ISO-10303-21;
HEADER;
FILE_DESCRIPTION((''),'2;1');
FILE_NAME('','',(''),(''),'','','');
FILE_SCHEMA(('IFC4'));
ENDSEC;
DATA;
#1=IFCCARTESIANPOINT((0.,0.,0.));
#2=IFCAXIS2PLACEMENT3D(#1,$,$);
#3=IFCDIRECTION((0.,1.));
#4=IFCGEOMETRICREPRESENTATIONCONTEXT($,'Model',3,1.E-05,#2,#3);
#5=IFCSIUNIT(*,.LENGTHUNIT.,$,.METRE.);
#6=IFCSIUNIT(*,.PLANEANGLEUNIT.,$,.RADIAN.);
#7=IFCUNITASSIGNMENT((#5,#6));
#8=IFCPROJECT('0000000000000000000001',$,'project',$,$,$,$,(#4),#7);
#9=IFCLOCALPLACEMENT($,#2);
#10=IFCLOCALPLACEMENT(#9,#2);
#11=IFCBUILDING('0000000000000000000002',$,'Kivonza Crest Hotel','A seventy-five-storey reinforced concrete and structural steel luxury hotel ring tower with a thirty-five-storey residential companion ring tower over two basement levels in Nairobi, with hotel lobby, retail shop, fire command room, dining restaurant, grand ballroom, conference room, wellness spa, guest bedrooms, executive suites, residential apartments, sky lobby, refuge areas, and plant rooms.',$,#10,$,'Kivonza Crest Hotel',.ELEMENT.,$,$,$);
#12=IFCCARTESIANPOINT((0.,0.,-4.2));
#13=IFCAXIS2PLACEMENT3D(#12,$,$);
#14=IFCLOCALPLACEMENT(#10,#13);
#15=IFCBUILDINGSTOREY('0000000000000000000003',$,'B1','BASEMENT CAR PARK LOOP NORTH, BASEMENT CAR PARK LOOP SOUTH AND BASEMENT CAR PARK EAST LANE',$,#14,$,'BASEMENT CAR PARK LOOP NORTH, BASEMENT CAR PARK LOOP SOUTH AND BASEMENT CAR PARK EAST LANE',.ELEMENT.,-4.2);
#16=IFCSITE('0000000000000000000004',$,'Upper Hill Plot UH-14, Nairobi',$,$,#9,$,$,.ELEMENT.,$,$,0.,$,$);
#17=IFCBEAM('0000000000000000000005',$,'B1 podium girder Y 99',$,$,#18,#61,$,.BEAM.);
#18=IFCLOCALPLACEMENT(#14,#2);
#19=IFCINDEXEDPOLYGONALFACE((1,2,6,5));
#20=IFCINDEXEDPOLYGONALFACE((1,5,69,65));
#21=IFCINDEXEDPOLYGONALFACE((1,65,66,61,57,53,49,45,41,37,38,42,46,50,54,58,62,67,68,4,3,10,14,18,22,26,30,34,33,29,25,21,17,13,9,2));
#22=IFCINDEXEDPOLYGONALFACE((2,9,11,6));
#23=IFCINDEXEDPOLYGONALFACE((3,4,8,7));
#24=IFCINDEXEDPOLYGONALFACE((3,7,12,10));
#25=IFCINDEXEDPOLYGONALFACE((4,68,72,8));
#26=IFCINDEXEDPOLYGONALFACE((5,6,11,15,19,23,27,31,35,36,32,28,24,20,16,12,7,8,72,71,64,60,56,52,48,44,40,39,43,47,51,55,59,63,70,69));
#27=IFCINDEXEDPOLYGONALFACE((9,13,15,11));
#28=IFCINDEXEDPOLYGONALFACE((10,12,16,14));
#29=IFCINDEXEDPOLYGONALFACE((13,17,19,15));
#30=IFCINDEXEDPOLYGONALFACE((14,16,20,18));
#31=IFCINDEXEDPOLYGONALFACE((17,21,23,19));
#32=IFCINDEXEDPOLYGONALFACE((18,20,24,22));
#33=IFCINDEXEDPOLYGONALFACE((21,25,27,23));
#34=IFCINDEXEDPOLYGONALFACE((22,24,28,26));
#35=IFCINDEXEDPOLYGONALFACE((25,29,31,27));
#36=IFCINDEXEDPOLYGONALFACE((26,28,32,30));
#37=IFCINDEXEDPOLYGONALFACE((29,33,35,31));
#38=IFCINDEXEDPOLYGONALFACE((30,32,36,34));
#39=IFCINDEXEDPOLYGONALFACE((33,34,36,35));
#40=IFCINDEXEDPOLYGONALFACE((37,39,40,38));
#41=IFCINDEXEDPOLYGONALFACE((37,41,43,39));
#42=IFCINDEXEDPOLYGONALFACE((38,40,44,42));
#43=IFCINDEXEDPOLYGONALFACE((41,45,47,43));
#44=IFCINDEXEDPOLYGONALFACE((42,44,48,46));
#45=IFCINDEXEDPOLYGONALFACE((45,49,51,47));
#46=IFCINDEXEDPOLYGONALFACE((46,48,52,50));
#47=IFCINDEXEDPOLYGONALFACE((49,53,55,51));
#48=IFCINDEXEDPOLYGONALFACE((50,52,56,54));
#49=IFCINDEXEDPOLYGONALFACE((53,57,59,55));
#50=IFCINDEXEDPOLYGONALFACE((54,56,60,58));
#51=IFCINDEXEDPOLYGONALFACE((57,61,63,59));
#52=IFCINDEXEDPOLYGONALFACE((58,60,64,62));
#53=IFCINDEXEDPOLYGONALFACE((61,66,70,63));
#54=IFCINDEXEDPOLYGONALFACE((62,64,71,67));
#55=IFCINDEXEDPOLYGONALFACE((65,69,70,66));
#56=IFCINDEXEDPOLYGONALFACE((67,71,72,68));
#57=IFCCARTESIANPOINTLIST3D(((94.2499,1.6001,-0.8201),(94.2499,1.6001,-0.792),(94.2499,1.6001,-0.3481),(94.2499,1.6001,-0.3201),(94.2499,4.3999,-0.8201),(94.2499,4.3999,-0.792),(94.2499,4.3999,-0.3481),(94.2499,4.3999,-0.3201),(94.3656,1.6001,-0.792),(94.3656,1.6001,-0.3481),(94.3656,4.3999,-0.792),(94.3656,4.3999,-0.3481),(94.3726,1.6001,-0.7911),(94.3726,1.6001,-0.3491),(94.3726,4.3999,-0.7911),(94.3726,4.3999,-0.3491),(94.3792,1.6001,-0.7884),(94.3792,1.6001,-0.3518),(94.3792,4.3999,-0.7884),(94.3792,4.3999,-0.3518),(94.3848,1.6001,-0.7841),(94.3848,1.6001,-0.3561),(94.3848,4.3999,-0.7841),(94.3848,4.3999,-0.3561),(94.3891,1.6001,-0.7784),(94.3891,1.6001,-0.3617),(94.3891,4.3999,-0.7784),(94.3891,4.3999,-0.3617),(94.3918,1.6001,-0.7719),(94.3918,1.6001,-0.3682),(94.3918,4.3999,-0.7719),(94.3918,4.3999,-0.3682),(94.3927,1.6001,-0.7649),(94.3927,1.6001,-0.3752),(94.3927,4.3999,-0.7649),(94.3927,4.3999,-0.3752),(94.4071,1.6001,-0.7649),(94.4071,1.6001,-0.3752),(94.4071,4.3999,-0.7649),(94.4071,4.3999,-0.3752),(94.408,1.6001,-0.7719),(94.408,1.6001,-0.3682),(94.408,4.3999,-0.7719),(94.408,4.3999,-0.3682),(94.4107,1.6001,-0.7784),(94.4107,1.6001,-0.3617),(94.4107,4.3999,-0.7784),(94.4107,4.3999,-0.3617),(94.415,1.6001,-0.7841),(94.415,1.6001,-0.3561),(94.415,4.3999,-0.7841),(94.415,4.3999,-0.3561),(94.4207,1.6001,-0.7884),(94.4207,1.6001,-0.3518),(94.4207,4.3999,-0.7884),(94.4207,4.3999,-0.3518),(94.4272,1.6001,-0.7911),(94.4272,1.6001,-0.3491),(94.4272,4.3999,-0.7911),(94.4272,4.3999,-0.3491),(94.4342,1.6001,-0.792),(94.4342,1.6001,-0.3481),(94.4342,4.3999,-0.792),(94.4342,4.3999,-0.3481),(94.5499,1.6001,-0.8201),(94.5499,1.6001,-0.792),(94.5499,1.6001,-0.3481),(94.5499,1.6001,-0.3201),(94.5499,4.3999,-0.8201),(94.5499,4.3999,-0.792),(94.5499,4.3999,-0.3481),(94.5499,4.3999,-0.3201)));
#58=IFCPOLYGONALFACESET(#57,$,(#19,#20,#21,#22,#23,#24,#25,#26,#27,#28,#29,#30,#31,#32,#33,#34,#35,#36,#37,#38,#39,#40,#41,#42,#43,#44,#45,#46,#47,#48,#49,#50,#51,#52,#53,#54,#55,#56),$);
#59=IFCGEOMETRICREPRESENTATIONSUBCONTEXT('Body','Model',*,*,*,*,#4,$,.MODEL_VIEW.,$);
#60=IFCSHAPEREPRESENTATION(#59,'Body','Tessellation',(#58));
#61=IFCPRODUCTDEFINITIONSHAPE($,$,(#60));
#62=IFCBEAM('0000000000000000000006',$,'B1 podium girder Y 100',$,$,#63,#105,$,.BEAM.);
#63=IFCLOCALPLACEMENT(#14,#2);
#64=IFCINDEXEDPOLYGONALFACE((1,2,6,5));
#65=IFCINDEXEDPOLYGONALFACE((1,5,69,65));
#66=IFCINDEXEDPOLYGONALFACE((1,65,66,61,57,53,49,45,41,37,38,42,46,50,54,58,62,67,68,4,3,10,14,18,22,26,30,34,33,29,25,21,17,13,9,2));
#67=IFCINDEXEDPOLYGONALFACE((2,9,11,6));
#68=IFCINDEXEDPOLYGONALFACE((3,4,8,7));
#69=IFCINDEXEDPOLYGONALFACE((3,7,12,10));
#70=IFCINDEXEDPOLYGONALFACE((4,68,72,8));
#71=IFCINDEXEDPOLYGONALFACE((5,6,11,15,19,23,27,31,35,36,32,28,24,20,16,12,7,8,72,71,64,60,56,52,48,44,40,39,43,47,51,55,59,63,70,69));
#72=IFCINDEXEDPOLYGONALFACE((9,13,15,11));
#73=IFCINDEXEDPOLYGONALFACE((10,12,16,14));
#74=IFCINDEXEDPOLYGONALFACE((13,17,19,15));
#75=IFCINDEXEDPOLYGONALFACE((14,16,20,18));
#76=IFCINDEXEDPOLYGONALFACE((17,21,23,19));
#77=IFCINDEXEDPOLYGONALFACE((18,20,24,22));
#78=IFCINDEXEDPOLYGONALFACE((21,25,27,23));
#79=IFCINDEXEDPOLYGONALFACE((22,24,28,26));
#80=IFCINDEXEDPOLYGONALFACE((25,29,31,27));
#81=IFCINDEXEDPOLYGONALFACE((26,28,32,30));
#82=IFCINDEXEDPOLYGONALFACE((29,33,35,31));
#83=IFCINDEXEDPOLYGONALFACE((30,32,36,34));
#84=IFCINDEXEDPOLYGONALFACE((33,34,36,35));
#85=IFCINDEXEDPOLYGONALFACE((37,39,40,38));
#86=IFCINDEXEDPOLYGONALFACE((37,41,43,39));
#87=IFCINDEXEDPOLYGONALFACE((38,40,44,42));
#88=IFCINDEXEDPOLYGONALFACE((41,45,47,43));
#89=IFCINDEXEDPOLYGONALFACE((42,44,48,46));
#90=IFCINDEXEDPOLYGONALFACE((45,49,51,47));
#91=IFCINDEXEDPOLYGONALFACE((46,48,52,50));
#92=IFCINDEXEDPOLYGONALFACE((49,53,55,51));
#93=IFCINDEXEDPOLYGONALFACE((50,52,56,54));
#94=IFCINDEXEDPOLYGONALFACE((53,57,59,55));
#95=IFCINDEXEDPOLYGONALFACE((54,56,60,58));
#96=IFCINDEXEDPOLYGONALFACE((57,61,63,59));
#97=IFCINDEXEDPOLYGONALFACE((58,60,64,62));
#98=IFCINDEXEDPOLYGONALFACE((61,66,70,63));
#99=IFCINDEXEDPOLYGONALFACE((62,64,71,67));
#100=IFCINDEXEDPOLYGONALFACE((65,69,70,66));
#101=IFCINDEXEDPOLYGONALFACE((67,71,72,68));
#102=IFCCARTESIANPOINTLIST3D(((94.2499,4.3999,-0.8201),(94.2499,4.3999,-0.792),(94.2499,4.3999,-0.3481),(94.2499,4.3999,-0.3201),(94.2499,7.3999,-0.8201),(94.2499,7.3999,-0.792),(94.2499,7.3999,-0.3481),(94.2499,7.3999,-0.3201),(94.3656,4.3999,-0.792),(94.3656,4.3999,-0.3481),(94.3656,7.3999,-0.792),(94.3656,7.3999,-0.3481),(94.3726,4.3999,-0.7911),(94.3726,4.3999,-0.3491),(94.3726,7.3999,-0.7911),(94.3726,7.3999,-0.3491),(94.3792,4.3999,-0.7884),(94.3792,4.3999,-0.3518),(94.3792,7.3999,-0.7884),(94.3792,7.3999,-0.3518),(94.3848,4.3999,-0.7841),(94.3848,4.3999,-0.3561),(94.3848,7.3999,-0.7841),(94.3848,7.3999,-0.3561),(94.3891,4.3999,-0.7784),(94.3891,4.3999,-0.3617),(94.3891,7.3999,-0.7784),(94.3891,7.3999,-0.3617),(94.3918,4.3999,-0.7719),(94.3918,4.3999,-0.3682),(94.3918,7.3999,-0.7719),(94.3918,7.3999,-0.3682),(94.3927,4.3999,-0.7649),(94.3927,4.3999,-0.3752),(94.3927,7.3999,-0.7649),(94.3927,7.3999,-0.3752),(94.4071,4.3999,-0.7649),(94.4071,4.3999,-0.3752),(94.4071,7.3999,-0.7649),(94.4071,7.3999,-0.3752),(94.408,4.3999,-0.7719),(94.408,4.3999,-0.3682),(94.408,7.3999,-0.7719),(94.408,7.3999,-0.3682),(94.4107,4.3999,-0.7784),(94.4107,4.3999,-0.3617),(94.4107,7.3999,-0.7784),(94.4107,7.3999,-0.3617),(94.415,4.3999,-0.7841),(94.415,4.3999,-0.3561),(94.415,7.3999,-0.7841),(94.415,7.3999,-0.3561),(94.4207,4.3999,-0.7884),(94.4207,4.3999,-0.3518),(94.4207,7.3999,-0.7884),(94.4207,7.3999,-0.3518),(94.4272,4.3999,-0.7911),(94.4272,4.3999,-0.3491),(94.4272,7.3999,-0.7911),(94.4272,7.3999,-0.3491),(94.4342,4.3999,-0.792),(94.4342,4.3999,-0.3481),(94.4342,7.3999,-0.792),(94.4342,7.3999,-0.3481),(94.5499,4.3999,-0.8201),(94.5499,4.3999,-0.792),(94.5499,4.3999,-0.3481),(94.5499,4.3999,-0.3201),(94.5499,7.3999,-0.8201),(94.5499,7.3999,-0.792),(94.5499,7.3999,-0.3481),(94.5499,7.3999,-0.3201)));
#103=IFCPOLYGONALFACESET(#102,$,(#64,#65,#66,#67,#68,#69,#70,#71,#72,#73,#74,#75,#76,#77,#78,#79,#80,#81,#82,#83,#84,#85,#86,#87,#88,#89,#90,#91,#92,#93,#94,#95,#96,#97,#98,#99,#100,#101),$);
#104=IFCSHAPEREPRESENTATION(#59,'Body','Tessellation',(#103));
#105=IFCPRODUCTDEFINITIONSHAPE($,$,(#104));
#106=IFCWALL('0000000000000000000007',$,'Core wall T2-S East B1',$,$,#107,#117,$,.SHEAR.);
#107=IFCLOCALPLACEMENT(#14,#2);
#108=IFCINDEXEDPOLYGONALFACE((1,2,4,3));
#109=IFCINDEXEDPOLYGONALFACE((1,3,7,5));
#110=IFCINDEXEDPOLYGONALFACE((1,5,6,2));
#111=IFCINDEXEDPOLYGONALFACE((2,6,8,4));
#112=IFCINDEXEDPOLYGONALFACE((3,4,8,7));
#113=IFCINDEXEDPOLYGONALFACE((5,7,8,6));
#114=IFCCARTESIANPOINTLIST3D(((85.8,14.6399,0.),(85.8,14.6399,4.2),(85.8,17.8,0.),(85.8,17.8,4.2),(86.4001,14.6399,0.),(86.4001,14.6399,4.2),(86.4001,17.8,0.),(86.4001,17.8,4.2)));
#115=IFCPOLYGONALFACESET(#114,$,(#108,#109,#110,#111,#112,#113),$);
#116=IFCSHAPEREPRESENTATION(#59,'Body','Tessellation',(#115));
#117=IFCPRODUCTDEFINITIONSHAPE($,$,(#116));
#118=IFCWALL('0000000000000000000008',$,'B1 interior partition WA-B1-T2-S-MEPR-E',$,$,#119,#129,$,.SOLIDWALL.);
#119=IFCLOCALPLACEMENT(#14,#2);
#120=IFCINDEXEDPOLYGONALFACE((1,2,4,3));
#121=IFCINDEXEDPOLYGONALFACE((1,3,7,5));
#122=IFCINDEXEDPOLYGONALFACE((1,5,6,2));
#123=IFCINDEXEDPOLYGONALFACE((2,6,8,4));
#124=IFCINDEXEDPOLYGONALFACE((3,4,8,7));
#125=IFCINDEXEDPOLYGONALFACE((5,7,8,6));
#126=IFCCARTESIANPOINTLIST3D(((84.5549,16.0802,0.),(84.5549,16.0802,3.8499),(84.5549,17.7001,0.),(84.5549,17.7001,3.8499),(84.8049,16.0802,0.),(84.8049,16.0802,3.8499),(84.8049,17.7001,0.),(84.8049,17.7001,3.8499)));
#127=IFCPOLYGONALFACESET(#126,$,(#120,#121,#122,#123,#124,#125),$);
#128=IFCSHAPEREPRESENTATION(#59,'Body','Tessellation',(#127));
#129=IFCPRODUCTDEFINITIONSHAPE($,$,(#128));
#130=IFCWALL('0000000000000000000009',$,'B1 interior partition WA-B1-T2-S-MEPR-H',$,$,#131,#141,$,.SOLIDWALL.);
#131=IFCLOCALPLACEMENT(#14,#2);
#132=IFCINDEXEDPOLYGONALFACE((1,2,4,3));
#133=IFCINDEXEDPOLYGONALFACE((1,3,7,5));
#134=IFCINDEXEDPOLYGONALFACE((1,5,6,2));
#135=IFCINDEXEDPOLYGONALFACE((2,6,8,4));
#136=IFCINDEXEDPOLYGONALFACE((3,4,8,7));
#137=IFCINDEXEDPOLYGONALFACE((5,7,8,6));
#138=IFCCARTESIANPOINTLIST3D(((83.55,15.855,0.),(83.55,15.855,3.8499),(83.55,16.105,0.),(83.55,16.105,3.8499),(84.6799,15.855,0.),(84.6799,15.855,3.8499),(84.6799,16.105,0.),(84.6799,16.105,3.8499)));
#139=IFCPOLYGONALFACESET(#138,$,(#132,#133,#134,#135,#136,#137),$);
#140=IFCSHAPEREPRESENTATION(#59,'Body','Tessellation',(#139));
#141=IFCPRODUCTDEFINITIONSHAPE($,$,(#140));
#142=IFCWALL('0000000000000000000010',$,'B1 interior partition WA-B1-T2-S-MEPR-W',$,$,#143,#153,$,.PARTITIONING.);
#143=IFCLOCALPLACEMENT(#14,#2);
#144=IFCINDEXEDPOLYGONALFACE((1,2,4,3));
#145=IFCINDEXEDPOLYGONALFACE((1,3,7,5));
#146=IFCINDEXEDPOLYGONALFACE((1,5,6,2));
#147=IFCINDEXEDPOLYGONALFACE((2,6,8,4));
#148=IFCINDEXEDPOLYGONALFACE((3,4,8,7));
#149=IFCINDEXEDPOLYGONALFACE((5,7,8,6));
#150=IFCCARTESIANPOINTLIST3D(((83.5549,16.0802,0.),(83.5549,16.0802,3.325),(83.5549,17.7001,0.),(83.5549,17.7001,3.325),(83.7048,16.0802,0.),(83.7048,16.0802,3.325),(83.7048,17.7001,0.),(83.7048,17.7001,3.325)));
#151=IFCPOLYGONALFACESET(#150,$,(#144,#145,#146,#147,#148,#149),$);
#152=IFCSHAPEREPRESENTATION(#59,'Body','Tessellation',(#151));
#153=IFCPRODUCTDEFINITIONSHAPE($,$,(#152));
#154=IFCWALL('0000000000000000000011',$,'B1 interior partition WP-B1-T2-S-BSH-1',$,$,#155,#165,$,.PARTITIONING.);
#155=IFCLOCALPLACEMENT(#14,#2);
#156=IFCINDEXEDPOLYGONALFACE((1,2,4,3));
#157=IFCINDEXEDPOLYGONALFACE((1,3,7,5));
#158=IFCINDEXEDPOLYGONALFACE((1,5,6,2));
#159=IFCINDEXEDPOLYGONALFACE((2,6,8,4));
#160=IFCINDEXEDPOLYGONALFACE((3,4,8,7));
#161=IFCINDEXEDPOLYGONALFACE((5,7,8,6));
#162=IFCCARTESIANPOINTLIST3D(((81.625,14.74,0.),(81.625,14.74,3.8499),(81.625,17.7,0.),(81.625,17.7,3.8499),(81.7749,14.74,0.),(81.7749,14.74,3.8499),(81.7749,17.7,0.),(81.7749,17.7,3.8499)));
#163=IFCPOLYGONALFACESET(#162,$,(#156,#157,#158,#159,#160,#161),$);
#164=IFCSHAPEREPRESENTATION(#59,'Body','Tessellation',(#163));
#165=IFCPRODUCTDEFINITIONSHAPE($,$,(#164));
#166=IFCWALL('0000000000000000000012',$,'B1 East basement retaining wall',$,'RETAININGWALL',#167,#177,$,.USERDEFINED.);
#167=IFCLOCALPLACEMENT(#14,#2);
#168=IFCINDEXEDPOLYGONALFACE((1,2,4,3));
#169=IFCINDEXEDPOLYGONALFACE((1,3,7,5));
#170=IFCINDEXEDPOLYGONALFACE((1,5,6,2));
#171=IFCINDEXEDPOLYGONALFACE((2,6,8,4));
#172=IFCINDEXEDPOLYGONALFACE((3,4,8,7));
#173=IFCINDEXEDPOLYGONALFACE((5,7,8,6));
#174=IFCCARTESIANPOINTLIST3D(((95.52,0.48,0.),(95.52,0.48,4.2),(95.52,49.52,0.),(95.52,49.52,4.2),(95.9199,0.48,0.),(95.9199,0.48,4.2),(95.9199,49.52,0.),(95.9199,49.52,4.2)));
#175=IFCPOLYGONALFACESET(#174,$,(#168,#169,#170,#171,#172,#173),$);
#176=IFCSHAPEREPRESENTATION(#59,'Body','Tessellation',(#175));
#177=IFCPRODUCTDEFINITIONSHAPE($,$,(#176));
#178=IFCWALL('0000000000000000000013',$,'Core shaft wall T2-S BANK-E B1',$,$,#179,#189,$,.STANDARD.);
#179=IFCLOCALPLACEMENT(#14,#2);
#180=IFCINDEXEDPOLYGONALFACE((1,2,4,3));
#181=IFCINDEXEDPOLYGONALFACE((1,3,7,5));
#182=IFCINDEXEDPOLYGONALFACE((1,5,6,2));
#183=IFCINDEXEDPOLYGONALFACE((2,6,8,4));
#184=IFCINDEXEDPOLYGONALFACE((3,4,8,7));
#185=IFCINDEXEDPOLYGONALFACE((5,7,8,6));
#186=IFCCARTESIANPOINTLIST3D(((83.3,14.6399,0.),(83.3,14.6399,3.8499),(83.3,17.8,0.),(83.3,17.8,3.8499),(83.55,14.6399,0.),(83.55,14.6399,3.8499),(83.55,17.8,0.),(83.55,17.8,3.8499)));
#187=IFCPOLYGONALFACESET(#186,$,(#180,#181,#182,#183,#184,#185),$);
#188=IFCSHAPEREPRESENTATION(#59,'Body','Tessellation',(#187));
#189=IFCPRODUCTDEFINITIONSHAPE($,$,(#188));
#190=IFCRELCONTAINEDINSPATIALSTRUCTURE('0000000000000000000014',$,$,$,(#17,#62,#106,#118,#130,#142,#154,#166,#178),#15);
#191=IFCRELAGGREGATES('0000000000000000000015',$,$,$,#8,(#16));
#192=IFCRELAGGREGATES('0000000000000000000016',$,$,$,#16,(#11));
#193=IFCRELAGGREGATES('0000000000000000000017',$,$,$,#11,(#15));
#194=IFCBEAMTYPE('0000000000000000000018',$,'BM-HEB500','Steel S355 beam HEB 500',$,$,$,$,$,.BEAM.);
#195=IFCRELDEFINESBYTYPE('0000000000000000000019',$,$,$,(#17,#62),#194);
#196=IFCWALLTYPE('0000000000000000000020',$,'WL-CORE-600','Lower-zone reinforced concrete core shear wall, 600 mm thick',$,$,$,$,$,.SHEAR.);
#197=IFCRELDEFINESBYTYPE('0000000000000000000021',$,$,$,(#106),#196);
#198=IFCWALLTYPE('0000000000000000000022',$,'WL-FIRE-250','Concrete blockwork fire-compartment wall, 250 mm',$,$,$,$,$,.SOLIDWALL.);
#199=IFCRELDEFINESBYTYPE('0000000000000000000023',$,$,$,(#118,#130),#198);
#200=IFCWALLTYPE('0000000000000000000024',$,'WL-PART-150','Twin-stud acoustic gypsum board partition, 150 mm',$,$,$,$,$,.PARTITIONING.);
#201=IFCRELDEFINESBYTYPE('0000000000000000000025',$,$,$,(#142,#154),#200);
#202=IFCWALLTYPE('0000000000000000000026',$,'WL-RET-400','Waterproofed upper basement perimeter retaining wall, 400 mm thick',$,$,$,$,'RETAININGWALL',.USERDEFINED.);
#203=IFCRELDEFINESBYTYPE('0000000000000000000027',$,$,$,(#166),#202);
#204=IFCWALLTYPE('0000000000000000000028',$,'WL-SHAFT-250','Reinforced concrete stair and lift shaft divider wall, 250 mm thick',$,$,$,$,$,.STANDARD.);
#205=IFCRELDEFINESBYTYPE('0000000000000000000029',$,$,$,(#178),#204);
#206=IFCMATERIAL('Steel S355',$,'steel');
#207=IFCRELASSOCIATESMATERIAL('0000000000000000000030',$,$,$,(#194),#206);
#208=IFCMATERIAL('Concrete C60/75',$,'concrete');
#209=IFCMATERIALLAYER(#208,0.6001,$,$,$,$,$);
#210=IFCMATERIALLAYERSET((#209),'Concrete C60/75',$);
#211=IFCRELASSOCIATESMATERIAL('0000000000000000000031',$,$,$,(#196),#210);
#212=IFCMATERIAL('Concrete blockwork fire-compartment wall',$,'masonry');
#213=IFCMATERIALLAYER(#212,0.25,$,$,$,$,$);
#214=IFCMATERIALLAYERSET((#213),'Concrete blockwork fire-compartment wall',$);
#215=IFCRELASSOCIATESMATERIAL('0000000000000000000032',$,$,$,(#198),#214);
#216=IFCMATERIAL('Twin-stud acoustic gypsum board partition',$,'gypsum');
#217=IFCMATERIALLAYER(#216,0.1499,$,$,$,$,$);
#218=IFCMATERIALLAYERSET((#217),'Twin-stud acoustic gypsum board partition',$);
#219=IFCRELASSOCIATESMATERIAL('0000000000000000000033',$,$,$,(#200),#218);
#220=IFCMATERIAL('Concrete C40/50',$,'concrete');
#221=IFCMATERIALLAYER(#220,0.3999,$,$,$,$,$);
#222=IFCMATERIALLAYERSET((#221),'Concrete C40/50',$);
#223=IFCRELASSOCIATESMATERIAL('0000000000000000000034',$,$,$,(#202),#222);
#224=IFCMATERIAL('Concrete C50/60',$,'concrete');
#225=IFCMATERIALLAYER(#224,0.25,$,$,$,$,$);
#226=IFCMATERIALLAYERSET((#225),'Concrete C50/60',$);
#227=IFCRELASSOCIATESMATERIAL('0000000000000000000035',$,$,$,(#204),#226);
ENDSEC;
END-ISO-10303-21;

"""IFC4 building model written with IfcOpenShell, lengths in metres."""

from ifc_helpers import new_model, si_unit, direction, frame, frame_2d, origin, origin_2d, place, context, subcontext, project, spatial, rectangle, i_section, extrude, material, layer, layer_set, material_profile, profile_set, type_object, element, save


model = new_model("IFC4")

# Units and contexts
model_context = context("Model", 3, precision=1e-05, world=origin(), true_north=direction((0.0, 1.0)))
body_context = subcontext(model_context, "Body", "Model", "MODEL_VIEW")
ifc_project = project(units=[si_unit("LENGTHUNIT", "METRE"), si_unit("PLANEANGLEUNIT", "RADIAN")], contexts=[model_context])

# Site, building, storey
site_placement = place(None, origin())
site = spatial("IfcSite", under=ifc_project, at=site_placement, Name="Upper Hill Plot UH-14, Nairobi", CompositionType="ELEMENT", RefElevation=0.0)
building_placement = place(site_placement, origin())
building = spatial("IfcBuilding", under=site, at=building_placement, Name="Kivonza Crest Hotel", Description="A seventy-five-storey reinforced concrete and structural steel luxury hotel ring tower with a thirty-five-storey residential companion ring tower over two basement levels in Nairobi, with hotel lobby, retail shop, fire command room, dining restaurant, grand ballroom, conference room, wellness spa, guest bedrooms, executive suites, residential apartments, sky lobby, refuge areas, and plant rooms.", LongName="Kivonza Crest Hotel", CompositionType="ELEMENT")
storey_placement = place(building_placement, frame((0.0, 0.0, -4.2)))
storey = spatial("IfcBuildingStorey", under=building, at=storey_placement, Name="B1", Description="BASEMENT CAR PARK LOOP NORTH, BASEMENT CAR PARK LOOP SOUTH AND BASEMENT CAR PARK EAST LANE", LongName="BASEMENT CAR PARK LOOP NORTH, BASEMENT CAR PARK LOOP SOUTH AND BASEMENT CAR PARK EAST LANE", CompositionType="ELEMENT", Elevation=-4.2)

# Shared definitions
ifc_material_1 = material(Name="Concrete C60/75", Category="concrete")

# Beams
ifc_material_2 = material(Name="Steel S355", Category="steel")
ifc_material_profile_1 = material_profile(ifc_material_2, i_section(OverallWidth=0.3, OverallDepth=0.5, WebThickness=0.0144, FlangeThickness=0.0281, FilletRadius=0.0271, at=origin_2d()), Name="HEB 500")
ifc_profile_set_1 = profile_set([ifc_material_profile_1], Name="Steel S355")
beam_type_1 = type_object("IfcBeamType", Name="BM-HEB500", Description="Steel S355 beam HEB 500", PredefinedType="BEAM", material=ifc_profile_set_1)
beam_1_placement = place(storey_placement, frame((94.3999, 1.6001, -0.5701), z_axis=(0.0, 1.0, 0.0), x_axis=(-1.0, 0.0, 0.0)))
element("IfcBeam", 1, at=beam_1_placement, inside=storey, type_object=beam_type_1, Name="B1 podium girder Y 99", PredefinedType="BEAM", context=body_context, shape_type="SweptSolid", body=[
    extrude(i_section(OverallWidth=0.3, OverallDepth=0.5, WebThickness=0.0144, FlangeThickness=0.0281, FilletRadius=0.0271, at=origin_2d()), origin(), (0.0, 0.0, 1.0), 2.7998),
])
beam_2_placement = place(storey_placement, frame((94.3999, 4.3999, -0.5701), z_axis=(0.0, 1.0, 0.0), x_axis=(-1.0, 0.0, 0.0)))
element("IfcBeam", 2, at=beam_2_placement, inside=storey, type_object=beam_type_1, Name="B1 podium girder Y 100", PredefinedType="BEAM", context=body_context, shape_type="SweptSolid", body=[
    extrude(i_section(OverallWidth=0.3, OverallDepth=0.5, WebThickness=0.0144, FlangeThickness=0.0281, FilletRadius=0.0271, at=origin_2d()), origin(), (0.0, 0.0, 1.0), 3.0),
])

# Walls
ifc_layer_1 = layer(ifc_material_1, 0.6001)
ifc_layer_set_1 = layer_set([ifc_layer_1], Name="Concrete C60/75")
wall_type_1 = type_object("IfcWallType", Name="WL-CORE-600", Description="Lower-zone reinforced concrete core shear wall, 600 mm thick", PredefinedType="SHEAR", material=ifc_layer_set_1)
wall_1_placement = place(storey_placement, frame((86.1001, 14.6399, 0.0), z_axis=(0.0, 0.0, 1.0), x_axis=(0.0, 1.0, 0.0)))
element("IfcWall", 3, at=wall_1_placement, inside=storey, type_object=wall_type_1, Name="Core wall T2-S East B1", PredefinedType="SHEAR", context=body_context, shape_type="SweptSolid", body=[
    extrude(rectangle(XDim=3.1602, YDim=0.6001, at=frame_2d((1.5801, 0.0))), origin(), (0.0, 0.0, 1.0), 4.2),
])
ifc_material_3 = material(Name="Concrete blockwork fire-compartment wall", Category="masonry")
ifc_layer_2 = layer(ifc_material_3, 0.25)
ifc_layer_set_2 = layer_set([ifc_layer_2], Name="Concrete blockwork fire-compartment wall")
wall_type_2 = type_object("IfcWallType", Name="WL-FIRE-250", Description="Concrete blockwork fire-compartment wall, 250 mm", PredefinedType="SOLIDWALL", material=ifc_layer_set_2)
wall_2_placement = place(storey_placement, frame((84.6799, 16.0801, 0.0), z_axis=(0.0, 0.0, 1.0), x_axis=(0.0, 1.0, 0.0)))
element("IfcWall", 4, at=wall_2_placement, inside=storey, type_object=wall_type_2, Name="B1 interior partition WA-B1-T2-S-MEPR-E", PredefinedType="SOLIDWALL", context=body_context, shape_type="SweptSolid", body=[
    extrude(rectangle(XDim=1.6199, YDim=0.25, at=frame_2d((0.8101, 0.0))), origin(), (0.0, 0.0, 1.0), 3.8499),
])
wall_3_placement = place(storey_placement, frame((83.55, 15.98, 0.0), z_axis=(0.0, 0.0, 1.0), x_axis=(1.0, 0.0, 0.0)))
element("IfcWall", 5, at=wall_3_placement, inside=storey, type_object=wall_type_2, Name="B1 interior partition WA-B1-T2-S-MEPR-H", PredefinedType="SOLIDWALL", context=body_context, shape_type="SweptSolid", body=[
    extrude(rectangle(XDim=1.1299, YDim=0.25, at=frame_2d((0.5649, 0.0))), origin(), (0.0, 0.0, 1.0), 3.8499),
])
ifc_material_4 = material(Name="Twin-stud acoustic gypsum board partition", Category="gypsum")
ifc_layer_3 = layer(ifc_material_4, 0.1499)
ifc_layer_set_3 = layer_set([ifc_layer_3], Name="Twin-stud acoustic gypsum board partition")
wall_type_3 = type_object("IfcWallType", Name="WL-PART-150", Description="Twin-stud acoustic gypsum board partition, 150 mm", PredefinedType="PARTITIONING", material=ifc_layer_set_3)
wall_4_placement = place(storey_placement, frame((83.6299, 16.0801, 0.0), z_axis=(0.0, 0.0, 1.0), x_axis=(0.0, 1.0, 0.0)))
element("IfcWall", 6, at=wall_4_placement, inside=storey, type_object=wall_type_3, Name="B1 interior partition WA-B1-T2-S-MEPR-W", PredefinedType="PARTITIONING", context=body_context, shape_type="SweptSolid", body=[
    extrude(rectangle(XDim=1.6199, YDim=0.1499, at=frame_2d((0.8101, 0.0))), origin(), (0.0, 0.0, 1.0), 3.325),
])
wall_5_placement = place(storey_placement, frame((81.7, 14.74, 0.0), z_axis=(0.0, 0.0, 1.0), x_axis=(0.0, 1.0, 0.0)))
element("IfcWall", 7, at=wall_5_placement, inside=storey, type_object=wall_type_3, Name="B1 interior partition WP-B1-T2-S-BSH-1", PredefinedType="PARTITIONING", context=body_context, shape_type="SweptSolid", body=[
    extrude(rectangle(XDim=2.96, YDim=0.1499, at=frame_2d((1.48, 0.0))), origin(), (0.0, 0.0, 1.0), 3.8499),
])
ifc_material_5 = material(Name="Concrete C40/50", Category="concrete")
ifc_layer_4 = layer(ifc_material_5, 0.3999)
ifc_layer_set_4 = layer_set([ifc_layer_4], Name="Concrete C40/50")
wall_type_4 = type_object("IfcWallType", Name="WL-RET-400", Description="Waterproofed upper basement perimeter retaining wall, 400 mm thick", ElementType="RETAININGWALL", PredefinedType="USERDEFINED", material=ifc_layer_set_4)
wall_6_placement = place(storey_placement, frame((95.72, 0.48, 0.0), z_axis=(0.0, 0.0, 1.0), x_axis=(0.0, 1.0, 0.0)))
element("IfcWall", 8, at=wall_6_placement, inside=storey, type_object=wall_type_4, Name="B1 East basement retaining wall", ObjectType="RETAININGWALL", PredefinedType="USERDEFINED", context=body_context, shape_type="SweptSolid", body=[
    extrude(rectangle(XDim=49.04, YDim=0.3999, at=frame_2d((24.52, 0.0))), origin(), (0.0, 0.0, 1.0), 4.2),
])
ifc_material_6 = material(Name="Concrete C50/60", Category="concrete")
ifc_layer_5 = layer(ifc_material_6, 0.25)
ifc_layer_set_5 = layer_set([ifc_layer_5], Name="Concrete C50/60")
wall_type_5 = type_object("IfcWallType", Name="WL-SHAFT-250", Description="Reinforced concrete stair and lift shaft divider wall, 250 mm thick", PredefinedType="STANDARD", material=ifc_layer_set_5)
wall_7_placement = place(storey_placement, frame((83.425, 14.6399, 0.0), z_axis=(0.0, 0.0, 1.0), x_axis=(0.0, 1.0, 0.0)))
element("IfcWall", 9, at=wall_7_placement, inside=storey, type_object=wall_type_5, Name="Core shaft wall T2-S BANK-E B1", PredefinedType="STANDARD", context=body_context, shape_type="SweptSolid", body=[
    extrude(rectangle(XDim=3.1602, YDim=0.25, at=frame_2d((1.5801, 0.0))), origin(), (0.0, 0.0, 1.0), 3.8499),
])

save(model, "model.ifc")
